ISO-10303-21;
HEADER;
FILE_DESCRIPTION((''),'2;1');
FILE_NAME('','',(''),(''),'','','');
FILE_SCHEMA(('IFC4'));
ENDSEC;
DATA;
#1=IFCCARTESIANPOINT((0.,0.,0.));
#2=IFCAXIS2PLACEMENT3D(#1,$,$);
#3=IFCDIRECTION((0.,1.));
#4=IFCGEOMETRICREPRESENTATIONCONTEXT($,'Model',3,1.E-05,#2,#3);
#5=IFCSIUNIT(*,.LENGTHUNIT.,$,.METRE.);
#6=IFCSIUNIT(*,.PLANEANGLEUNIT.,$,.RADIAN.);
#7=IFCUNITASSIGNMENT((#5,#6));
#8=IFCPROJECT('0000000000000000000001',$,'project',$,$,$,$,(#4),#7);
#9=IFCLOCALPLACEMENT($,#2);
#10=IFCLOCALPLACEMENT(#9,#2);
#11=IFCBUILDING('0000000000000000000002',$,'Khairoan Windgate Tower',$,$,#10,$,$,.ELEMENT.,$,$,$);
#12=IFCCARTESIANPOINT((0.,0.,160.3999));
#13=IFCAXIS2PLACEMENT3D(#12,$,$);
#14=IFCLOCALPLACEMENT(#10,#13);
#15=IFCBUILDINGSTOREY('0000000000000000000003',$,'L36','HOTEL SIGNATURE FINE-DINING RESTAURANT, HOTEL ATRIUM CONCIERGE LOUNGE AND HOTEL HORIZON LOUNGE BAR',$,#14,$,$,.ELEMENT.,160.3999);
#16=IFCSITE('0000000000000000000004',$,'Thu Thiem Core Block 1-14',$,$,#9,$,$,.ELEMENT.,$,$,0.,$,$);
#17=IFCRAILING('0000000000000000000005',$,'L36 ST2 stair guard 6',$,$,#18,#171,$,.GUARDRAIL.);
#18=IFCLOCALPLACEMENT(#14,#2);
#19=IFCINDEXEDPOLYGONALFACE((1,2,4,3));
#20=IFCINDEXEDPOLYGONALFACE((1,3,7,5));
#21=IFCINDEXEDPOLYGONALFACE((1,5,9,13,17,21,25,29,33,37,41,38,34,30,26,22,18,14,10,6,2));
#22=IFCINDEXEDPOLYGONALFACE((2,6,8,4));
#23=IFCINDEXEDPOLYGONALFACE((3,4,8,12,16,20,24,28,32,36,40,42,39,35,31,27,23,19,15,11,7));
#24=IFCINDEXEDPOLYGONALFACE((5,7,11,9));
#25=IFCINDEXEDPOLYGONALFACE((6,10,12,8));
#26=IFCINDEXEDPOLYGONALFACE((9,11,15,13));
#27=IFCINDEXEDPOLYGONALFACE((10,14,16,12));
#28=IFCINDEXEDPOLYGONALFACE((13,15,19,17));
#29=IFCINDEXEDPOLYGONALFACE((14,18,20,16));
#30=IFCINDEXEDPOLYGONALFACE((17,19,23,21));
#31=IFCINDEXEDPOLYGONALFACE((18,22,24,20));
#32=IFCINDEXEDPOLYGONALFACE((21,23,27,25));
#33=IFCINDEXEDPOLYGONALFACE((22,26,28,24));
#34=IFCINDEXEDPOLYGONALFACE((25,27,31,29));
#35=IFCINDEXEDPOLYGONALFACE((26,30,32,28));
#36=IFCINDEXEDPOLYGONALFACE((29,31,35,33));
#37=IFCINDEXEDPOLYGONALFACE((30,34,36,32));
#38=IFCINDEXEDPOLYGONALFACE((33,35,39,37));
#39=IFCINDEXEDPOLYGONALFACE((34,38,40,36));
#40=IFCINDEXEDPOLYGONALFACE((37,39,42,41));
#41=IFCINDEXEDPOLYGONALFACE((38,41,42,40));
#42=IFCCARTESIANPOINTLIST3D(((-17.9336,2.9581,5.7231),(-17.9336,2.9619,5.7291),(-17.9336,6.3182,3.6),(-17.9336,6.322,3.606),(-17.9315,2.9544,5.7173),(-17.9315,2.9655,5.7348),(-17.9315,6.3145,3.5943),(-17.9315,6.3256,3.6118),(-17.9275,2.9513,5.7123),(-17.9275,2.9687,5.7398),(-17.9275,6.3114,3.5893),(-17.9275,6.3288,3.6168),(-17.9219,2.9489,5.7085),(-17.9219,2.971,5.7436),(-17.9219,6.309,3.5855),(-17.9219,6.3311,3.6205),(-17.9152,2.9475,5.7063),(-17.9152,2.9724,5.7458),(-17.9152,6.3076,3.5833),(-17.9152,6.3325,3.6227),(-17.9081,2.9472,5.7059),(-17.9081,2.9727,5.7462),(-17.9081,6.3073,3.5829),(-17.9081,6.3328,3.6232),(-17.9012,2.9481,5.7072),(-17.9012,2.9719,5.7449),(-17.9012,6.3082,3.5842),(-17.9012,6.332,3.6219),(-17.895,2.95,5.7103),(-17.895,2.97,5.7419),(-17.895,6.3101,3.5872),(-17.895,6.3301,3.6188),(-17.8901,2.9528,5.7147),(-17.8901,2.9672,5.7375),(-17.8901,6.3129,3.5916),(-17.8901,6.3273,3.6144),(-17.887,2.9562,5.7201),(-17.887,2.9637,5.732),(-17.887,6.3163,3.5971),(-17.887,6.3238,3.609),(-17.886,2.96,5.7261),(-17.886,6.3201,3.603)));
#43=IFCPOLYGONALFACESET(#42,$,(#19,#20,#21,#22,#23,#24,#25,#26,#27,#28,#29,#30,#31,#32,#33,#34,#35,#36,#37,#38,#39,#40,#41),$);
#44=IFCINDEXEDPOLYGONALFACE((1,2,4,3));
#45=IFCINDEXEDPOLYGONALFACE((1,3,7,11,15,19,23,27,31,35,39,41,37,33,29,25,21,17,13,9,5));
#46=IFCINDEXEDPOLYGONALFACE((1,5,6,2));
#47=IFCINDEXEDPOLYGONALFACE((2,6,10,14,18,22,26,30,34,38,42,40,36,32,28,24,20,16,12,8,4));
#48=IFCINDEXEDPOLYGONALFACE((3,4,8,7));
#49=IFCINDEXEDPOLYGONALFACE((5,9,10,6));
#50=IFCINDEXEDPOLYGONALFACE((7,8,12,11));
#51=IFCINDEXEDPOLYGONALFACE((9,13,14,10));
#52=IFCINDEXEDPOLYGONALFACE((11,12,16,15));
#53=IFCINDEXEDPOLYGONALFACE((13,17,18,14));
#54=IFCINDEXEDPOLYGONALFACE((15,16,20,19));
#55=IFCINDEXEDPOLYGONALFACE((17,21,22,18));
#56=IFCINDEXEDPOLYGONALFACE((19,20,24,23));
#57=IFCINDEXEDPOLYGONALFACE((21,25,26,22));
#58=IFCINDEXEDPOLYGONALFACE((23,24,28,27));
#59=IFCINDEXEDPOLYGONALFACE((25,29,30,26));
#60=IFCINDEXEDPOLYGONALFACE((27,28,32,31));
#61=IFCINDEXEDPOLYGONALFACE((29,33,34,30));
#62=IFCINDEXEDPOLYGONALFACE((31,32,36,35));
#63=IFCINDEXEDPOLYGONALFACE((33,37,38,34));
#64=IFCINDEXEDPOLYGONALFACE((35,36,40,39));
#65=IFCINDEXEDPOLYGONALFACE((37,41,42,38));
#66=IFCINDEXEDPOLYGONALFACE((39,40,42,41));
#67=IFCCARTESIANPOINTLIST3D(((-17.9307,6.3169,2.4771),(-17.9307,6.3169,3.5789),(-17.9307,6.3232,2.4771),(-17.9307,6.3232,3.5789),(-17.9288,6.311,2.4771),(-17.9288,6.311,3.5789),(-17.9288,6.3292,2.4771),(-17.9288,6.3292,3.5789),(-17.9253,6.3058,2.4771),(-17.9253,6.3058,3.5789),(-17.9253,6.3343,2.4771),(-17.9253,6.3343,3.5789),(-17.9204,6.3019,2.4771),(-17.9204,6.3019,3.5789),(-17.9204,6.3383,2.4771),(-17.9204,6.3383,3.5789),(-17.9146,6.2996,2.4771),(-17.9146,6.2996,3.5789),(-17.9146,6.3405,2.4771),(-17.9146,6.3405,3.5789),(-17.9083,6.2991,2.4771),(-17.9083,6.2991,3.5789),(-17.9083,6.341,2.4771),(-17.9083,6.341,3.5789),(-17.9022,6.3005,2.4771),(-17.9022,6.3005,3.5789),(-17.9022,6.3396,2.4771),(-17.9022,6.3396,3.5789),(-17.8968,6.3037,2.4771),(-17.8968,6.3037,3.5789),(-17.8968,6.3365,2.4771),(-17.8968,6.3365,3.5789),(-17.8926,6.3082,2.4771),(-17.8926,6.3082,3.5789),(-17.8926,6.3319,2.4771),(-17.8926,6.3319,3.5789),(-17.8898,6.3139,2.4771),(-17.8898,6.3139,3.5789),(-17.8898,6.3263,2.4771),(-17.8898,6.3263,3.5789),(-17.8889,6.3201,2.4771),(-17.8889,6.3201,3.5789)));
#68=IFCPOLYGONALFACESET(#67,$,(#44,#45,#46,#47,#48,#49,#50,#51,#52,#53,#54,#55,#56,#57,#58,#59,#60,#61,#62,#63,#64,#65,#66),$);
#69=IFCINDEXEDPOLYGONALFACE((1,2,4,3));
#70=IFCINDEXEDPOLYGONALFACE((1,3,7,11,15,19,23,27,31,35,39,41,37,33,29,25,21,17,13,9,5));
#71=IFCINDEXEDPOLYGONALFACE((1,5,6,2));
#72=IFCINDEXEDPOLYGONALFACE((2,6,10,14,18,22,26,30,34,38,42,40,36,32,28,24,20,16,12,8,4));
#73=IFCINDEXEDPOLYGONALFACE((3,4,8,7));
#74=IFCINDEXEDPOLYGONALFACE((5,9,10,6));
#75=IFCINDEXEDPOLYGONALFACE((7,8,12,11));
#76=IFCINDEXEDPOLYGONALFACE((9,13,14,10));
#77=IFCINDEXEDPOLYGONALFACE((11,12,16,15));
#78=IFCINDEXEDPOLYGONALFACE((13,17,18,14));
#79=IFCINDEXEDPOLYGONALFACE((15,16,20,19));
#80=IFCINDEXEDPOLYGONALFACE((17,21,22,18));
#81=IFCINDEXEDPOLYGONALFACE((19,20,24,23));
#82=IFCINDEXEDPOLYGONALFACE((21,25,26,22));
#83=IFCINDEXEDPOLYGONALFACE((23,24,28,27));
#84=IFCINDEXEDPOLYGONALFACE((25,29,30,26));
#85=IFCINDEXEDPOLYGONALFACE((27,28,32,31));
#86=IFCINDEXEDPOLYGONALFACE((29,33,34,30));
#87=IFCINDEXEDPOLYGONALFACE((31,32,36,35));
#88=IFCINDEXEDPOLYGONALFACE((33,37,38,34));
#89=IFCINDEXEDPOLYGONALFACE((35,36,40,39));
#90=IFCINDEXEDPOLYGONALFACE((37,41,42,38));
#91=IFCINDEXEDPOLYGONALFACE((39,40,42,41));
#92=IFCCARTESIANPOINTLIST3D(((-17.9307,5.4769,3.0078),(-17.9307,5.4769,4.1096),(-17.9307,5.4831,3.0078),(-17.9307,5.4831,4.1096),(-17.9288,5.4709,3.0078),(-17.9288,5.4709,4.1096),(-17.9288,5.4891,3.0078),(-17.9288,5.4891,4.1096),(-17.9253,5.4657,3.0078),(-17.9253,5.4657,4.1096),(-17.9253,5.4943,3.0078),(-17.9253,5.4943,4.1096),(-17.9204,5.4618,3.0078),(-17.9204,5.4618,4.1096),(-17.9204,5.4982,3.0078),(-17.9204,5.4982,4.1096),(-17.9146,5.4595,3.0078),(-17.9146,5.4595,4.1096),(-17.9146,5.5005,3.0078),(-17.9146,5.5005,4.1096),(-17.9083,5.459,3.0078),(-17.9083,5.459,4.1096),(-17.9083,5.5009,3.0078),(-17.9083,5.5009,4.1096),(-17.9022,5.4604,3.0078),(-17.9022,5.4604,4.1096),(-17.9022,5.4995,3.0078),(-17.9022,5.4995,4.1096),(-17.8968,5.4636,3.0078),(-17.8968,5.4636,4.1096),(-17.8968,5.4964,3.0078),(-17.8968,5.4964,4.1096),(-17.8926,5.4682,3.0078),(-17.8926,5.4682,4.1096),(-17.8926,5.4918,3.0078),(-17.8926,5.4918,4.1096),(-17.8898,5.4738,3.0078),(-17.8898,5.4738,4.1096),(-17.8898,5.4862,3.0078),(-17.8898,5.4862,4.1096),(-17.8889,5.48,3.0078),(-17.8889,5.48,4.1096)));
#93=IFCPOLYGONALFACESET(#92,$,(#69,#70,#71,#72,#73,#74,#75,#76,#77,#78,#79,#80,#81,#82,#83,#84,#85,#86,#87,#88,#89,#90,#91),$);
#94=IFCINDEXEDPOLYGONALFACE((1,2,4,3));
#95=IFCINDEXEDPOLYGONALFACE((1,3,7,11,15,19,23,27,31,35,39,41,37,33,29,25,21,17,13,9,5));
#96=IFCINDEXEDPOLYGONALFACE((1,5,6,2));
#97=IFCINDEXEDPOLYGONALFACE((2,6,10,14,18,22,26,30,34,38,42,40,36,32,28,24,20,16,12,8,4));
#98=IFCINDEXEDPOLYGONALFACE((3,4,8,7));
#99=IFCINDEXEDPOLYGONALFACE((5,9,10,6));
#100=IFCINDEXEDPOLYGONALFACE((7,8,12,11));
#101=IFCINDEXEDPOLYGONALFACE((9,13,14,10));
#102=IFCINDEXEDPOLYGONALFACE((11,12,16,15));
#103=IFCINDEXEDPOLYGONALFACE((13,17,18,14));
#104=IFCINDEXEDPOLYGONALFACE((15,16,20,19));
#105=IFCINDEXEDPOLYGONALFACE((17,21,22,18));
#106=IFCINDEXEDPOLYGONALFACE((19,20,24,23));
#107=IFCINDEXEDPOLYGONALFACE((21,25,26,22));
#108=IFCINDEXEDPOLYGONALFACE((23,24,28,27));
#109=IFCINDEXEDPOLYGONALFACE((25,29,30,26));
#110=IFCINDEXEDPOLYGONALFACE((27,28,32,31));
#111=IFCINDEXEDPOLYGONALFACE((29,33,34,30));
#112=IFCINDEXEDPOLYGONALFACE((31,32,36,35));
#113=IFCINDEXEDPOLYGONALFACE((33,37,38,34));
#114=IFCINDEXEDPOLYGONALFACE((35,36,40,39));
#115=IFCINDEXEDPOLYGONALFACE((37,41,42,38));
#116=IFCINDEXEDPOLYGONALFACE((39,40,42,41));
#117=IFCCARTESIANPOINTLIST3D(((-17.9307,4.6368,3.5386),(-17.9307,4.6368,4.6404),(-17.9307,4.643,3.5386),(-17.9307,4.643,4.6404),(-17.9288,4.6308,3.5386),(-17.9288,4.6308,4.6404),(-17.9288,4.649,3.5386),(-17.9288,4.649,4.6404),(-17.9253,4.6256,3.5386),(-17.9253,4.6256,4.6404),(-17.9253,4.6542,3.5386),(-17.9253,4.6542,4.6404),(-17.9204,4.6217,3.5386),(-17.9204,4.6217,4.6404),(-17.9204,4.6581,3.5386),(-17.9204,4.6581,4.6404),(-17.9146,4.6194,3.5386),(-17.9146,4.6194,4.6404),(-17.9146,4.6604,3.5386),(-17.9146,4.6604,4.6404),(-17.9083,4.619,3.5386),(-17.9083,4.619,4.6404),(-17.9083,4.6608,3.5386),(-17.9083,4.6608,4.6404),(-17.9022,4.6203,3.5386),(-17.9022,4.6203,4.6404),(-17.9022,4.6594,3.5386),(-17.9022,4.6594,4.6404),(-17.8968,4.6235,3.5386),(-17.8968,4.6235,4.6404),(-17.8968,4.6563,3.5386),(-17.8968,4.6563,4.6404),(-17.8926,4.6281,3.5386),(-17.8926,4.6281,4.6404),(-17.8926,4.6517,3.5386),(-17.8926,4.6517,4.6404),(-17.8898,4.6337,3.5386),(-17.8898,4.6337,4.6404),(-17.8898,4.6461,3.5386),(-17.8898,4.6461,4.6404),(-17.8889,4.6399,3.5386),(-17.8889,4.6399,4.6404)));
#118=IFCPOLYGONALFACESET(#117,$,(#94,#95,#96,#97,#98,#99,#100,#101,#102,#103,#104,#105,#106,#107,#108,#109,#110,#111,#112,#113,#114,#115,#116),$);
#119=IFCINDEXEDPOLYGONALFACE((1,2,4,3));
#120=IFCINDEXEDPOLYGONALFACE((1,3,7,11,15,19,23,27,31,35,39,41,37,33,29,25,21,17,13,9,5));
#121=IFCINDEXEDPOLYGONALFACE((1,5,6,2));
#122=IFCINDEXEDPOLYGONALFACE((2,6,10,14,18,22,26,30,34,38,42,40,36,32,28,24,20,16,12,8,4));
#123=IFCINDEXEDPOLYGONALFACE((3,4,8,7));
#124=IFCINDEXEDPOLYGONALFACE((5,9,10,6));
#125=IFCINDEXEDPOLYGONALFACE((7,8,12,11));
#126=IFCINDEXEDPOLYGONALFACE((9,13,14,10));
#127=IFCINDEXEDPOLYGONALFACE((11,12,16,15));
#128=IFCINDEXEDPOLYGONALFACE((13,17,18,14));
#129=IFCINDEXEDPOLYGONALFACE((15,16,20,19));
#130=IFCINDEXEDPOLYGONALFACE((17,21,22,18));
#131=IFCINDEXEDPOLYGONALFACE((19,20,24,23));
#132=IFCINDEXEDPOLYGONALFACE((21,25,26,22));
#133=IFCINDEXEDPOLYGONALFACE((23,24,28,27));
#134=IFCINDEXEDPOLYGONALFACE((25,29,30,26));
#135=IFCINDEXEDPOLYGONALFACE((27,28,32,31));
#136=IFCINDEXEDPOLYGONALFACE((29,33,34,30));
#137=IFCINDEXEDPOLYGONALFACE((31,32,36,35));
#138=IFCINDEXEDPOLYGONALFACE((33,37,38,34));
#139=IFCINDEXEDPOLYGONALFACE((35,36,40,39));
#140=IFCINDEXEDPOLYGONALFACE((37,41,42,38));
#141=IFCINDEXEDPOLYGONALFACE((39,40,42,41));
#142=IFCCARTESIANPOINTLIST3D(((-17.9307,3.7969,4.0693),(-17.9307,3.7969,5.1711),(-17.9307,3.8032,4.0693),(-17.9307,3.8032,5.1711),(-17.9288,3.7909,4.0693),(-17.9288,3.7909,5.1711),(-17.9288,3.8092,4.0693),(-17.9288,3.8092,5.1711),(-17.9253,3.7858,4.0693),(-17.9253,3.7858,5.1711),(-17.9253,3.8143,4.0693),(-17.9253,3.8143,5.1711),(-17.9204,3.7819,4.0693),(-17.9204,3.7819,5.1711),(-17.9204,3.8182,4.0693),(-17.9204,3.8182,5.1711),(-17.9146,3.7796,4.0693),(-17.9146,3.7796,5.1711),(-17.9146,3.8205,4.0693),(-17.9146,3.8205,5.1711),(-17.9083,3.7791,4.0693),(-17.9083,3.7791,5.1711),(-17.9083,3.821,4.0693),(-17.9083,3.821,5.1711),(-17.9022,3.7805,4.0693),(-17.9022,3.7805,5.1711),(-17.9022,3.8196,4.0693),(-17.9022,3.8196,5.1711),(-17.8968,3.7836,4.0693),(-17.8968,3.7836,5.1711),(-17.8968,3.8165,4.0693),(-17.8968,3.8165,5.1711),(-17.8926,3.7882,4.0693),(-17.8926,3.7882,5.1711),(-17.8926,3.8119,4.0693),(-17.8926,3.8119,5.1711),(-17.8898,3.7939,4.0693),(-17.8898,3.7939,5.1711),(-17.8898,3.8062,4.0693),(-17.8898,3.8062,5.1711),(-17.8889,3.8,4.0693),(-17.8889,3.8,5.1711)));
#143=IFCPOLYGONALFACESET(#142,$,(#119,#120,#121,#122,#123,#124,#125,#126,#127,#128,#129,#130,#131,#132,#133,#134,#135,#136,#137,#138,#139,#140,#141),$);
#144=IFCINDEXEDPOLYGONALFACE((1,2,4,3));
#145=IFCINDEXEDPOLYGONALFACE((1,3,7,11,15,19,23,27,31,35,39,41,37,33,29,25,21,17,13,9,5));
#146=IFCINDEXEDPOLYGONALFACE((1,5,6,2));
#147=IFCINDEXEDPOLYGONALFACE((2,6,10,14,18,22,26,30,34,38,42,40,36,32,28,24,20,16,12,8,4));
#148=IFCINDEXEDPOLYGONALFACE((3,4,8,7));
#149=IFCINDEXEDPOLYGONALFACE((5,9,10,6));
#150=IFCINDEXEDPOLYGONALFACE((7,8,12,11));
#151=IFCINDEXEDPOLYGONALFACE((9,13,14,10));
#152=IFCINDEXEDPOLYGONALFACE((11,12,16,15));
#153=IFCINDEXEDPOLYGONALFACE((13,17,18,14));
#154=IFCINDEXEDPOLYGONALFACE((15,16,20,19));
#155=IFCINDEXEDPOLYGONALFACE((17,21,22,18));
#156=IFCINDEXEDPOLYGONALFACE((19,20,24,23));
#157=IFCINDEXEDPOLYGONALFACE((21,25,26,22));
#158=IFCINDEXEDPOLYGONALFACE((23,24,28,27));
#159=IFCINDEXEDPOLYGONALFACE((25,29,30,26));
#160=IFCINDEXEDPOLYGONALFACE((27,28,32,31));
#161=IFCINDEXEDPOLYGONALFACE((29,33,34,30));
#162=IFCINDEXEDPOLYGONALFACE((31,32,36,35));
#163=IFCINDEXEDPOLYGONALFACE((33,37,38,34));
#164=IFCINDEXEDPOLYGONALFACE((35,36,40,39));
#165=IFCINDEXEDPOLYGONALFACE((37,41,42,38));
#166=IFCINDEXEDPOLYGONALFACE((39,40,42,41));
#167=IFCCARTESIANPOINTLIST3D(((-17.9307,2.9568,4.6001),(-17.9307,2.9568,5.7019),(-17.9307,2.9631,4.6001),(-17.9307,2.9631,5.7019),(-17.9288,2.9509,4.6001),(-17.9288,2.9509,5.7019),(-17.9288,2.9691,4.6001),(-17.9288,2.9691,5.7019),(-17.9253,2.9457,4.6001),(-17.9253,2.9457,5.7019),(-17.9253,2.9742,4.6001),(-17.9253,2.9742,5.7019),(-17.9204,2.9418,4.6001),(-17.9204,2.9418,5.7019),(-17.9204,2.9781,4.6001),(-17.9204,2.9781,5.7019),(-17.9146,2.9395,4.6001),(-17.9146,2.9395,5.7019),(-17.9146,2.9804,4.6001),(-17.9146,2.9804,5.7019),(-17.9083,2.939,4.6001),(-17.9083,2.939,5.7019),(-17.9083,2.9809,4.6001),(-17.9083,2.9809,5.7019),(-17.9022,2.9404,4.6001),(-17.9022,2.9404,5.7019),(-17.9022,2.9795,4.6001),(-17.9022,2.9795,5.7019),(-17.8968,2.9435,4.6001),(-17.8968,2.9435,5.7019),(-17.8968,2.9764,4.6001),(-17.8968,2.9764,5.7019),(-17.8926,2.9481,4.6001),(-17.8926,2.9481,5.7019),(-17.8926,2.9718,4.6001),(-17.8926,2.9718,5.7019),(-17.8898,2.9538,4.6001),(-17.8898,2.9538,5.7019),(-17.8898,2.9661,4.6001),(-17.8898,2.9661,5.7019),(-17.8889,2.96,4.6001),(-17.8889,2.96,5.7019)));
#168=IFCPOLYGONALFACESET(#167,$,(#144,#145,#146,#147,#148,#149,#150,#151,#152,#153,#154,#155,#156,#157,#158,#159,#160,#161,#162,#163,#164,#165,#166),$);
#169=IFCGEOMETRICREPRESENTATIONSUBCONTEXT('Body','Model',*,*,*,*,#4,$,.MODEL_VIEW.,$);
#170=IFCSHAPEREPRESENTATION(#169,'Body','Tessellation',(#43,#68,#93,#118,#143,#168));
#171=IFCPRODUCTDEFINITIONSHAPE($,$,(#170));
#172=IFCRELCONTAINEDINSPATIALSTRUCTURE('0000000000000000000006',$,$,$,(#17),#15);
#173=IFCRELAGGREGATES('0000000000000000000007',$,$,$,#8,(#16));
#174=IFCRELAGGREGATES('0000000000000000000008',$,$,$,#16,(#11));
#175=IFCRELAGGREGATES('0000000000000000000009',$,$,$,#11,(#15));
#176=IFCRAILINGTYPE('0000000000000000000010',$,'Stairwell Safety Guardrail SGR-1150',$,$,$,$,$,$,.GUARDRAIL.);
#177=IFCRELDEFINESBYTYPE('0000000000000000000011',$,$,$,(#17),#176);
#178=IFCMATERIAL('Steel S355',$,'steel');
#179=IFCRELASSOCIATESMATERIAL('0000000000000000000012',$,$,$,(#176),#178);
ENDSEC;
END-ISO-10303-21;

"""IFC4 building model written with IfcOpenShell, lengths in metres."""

from ifc_helpers import new_model, si_unit, direction, frame, origin, origin_2d, place, context, subcontext, project, spatial, circle, extrude, material, type_object, element, save


model = new_model("IFC4")

# Units and contexts
model_context = context("Model", 3, precision=1e-05, world=origin(), true_north=direction((0.0, 1.0)))
body_context = subcontext(model_context, "Body", "Model", "MODEL_VIEW")
ifc_project = project(units=[si_unit("LENGTHUNIT", "METRE"), si_unit("PLANEANGLEUNIT", "RADIAN")], contexts=[model_context])

# Site, building, storey
site_placement = place(None, origin())
site = spatial("IfcSite", under=ifc_project, at=site_placement, Name="Thu Thiem Core Block 1-14", CompositionType="ELEMENT", RefElevation=0.0)
building_placement = place(site_placement, origin())
building = spatial("IfcBuilding", under=site, at=building_placement, Name="Khairoan Windgate Tower", CompositionType="ELEMENT")
storey_placement = place(building_placement, frame((0.0, 0.0, 160.3999)))
storey = spatial("IfcBuildingStorey", under=building, at=storey_placement, Name="L36", Description="HOTEL SIGNATURE FINE-DINING RESTAURANT, HOTEL ATRIUM CONCIERGE LOUNGE AND HOTEL HORIZON LOUNGE BAR", CompositionType="ELEMENT", Elevation=160.3999)

# Railing
ifc_material_1 = material(Name="Steel S355", Category="steel")
railing_type_1 = type_object("IfcRailingType", Name="Stairwell Safety Guardrail SGR-1150", PredefinedType="GUARDRAIL", material=ifc_material_1)
railing_1_placement = place(storey_placement, frame((-17.9099, 6.3201, 2.4771)))
element("IfcRailing", 1, at=railing_1_placement, inside=storey, type_object=railing_type_1, Name="L36 ST2 stair guard 6", PredefinedType="GUARDRAIL", context=body_context, shape_type="SweptSolid", body=[
    extrude(circle(Radius=0.0239, at=origin_2d()), frame((0.0, 0.0, 1.126), z_axis=(0.0, -0.84539, 0.53415), x_axis=(1.0, 0.0, 0.0)), (0.0, 0.0, 1.0), 3.9746),
    extrude(circle(Radius=0.021, at=origin_2d()), origin(), (0.0, 0.0, 1.0), 1.1018),
    extrude(circle(Radius=0.021, at=origin_2d()), frame((0.0, -0.8401, 0.5308)), (0.0, 0.0, 1.0), 1.1018),
    extrude(circle(Radius=0.021, at=origin_2d()), frame((0.0, -1.6802, 1.0615)), (0.0, 0.0, 1.0), 1.1018),
    extrude(circle(Radius=0.021, at=origin_2d()), frame((0.0, -2.52, 1.5923)), (0.0, 0.0, 1.0), 1.1018),
    extrude(circle(Radius=0.021, at=origin_2d()), frame((0.0, -3.3601, 2.123)), (0.0, 0.0, 1.0), 1.1018),
])

save(model, "model.ifc")
